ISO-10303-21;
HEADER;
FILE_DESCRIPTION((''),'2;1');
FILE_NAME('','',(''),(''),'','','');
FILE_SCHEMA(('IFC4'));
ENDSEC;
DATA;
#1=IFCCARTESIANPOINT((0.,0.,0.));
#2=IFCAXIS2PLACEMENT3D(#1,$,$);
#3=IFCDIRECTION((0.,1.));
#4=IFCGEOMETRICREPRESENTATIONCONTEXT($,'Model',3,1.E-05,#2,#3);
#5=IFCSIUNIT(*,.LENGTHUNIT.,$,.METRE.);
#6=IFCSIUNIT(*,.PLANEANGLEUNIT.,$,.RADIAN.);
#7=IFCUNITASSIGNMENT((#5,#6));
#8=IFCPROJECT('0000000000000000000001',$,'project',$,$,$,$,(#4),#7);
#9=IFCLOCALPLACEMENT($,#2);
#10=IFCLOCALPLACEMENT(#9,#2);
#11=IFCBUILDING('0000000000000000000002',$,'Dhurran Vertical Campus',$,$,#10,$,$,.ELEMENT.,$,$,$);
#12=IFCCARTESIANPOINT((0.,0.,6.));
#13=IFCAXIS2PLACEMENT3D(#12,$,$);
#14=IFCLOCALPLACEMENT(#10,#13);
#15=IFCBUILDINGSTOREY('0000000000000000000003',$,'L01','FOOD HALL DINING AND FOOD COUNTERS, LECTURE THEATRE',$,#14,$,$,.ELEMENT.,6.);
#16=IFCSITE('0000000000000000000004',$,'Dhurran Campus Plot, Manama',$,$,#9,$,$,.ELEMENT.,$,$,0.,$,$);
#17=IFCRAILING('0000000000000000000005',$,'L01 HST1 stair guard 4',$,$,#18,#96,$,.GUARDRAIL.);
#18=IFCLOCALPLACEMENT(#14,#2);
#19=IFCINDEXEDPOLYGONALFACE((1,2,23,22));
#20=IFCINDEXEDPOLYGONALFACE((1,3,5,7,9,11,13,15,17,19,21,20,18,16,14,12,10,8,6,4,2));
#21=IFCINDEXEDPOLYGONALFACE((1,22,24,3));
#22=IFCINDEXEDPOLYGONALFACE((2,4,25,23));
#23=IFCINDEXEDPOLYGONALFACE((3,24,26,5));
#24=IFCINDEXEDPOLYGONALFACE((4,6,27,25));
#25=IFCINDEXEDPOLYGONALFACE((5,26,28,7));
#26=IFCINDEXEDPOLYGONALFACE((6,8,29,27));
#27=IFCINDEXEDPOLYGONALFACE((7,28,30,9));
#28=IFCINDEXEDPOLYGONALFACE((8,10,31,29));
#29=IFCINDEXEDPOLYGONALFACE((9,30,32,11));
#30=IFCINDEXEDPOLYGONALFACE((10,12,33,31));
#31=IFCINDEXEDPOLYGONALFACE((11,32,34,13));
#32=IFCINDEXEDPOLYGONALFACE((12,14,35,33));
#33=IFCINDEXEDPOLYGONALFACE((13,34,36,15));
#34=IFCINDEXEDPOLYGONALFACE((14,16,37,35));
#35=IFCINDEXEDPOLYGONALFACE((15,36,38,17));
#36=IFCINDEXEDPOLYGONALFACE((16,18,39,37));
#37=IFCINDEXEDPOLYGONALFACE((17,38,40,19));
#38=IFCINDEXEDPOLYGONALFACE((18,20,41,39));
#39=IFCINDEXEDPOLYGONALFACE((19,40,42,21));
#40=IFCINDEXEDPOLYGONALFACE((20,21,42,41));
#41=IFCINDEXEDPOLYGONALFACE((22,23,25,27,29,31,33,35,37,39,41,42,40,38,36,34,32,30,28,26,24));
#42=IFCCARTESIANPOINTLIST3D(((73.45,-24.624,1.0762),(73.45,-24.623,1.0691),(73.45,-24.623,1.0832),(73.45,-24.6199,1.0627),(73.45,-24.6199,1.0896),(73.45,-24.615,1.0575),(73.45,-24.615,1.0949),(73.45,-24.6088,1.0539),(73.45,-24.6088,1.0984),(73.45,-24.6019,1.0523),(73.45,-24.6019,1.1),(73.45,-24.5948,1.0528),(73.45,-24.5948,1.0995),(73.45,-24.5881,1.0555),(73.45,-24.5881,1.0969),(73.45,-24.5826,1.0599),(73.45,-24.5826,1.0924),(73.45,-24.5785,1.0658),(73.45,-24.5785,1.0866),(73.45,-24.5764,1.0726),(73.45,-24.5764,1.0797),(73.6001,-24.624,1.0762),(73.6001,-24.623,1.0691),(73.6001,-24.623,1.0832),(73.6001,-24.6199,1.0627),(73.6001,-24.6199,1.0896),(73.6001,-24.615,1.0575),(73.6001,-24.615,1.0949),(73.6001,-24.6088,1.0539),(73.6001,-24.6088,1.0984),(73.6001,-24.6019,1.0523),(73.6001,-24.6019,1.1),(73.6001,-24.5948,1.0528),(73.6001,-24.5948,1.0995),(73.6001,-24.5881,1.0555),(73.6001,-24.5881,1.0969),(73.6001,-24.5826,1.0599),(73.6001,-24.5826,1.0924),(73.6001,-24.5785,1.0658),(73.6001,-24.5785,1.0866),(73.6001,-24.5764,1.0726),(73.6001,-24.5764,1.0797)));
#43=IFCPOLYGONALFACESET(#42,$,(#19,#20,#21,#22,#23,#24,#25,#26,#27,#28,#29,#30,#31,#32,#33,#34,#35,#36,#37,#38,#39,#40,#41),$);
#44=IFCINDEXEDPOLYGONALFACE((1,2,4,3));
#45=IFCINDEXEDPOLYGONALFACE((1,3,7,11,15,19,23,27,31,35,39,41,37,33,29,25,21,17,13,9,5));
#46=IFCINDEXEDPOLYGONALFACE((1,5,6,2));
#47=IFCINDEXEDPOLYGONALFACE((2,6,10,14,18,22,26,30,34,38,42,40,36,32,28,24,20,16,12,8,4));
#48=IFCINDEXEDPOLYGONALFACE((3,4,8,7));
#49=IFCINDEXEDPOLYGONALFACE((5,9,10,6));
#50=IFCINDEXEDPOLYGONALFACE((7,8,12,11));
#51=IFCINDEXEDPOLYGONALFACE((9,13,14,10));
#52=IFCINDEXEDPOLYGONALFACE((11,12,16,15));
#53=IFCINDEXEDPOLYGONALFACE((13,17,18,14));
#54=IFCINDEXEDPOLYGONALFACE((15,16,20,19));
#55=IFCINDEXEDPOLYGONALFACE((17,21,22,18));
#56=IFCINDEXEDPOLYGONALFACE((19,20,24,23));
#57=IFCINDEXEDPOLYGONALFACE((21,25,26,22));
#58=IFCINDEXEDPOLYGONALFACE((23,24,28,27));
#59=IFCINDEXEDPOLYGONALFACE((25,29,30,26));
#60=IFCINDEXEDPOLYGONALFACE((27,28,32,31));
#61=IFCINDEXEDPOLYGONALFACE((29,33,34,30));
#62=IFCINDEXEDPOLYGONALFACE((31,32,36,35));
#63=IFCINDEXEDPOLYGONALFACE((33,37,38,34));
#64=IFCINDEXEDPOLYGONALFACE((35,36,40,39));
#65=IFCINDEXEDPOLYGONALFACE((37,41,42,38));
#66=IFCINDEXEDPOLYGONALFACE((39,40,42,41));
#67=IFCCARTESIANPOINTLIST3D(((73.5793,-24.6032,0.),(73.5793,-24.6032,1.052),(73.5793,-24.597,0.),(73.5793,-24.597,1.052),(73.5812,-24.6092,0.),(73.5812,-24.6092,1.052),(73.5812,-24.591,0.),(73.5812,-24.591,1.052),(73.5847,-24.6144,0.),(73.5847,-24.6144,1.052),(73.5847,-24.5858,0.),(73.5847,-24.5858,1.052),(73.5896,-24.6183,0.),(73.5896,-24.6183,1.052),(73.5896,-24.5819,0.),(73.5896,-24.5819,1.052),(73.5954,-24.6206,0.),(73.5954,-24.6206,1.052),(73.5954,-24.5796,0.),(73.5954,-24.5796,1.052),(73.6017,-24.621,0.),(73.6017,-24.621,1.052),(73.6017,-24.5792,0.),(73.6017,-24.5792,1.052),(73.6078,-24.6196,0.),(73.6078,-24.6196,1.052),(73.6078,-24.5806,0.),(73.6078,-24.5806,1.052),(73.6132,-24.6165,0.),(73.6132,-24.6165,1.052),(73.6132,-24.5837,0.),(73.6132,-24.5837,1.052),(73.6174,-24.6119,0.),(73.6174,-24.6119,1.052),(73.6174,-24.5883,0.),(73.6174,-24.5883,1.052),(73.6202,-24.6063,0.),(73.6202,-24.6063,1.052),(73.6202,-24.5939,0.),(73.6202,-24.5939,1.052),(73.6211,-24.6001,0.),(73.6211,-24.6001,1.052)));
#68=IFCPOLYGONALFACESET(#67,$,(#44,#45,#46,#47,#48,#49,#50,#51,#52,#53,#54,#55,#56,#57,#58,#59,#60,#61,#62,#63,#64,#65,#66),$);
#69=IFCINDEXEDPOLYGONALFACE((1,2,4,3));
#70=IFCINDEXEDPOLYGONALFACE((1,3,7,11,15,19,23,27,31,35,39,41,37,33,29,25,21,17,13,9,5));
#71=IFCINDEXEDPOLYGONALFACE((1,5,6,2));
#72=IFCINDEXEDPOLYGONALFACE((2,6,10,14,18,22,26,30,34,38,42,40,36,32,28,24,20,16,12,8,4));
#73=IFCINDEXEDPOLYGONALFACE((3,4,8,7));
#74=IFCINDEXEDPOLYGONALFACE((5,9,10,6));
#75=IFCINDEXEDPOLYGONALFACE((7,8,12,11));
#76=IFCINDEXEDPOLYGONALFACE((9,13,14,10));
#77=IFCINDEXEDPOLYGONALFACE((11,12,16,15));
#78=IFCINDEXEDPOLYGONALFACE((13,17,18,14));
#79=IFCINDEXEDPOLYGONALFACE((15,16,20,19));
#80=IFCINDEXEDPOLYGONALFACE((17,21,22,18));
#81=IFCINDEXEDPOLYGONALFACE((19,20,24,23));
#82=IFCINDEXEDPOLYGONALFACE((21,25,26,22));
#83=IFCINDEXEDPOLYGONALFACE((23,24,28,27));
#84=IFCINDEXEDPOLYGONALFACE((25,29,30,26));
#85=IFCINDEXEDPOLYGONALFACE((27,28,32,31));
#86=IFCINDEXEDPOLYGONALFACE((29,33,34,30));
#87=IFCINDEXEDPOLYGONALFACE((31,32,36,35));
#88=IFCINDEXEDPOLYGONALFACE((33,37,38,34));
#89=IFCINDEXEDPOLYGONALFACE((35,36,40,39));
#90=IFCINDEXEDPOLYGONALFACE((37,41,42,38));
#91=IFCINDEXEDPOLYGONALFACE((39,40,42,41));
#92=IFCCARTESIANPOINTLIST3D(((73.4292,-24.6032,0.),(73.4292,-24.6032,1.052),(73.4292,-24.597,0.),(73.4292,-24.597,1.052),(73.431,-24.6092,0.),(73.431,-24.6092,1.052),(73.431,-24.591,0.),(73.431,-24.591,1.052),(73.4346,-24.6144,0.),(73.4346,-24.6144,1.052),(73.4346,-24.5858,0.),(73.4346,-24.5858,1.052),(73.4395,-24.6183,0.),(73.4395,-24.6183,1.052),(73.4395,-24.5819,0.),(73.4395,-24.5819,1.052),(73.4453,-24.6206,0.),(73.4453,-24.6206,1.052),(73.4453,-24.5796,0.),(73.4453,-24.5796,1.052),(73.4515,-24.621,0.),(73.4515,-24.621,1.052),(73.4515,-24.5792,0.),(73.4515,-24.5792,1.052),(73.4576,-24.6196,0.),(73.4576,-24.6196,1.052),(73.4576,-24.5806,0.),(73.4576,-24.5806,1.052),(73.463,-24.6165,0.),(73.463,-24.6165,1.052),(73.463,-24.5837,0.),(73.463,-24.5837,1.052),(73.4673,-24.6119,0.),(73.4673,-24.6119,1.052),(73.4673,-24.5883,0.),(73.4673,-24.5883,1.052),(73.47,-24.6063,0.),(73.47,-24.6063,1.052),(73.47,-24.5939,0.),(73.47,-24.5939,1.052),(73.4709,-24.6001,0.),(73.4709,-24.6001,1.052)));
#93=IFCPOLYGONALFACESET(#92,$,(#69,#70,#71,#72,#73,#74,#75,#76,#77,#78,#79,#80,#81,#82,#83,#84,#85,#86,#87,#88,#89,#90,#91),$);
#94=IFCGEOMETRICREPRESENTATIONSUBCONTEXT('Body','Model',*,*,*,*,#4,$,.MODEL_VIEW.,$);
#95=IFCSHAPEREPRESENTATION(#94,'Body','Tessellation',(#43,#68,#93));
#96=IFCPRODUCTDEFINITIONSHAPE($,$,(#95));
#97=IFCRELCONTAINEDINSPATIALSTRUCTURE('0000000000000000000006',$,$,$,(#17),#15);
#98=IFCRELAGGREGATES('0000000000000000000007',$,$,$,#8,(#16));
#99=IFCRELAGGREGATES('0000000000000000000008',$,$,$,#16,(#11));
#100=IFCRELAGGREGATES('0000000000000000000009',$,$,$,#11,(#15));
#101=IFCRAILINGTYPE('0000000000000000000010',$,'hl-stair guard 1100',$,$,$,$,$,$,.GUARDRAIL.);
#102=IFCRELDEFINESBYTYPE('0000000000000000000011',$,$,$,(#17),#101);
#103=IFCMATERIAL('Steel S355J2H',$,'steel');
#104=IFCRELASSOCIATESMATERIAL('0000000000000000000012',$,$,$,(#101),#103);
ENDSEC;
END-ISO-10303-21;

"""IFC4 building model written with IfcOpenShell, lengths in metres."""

from ifc_helpers import new_model, si_unit, direction, frame, origin, origin_2d, place, context, subcontext, project, spatial, circle, extrude, material, type_object, element, save


model = new_model("IFC4")

# Units and contexts
model_context = context("Model", 3, precision=1e-05, world=origin(), true_north=direction((0.0, 1.0)))
body_context = subcontext(model_context, "Body", "Model", "MODEL_VIEW")
ifc_project = project(units=[si_unit("LENGTHUNIT", "METRE"), si_unit("PLANEANGLEUNIT", "RADIAN")], contexts=[model_context])

# Site, building, storey
site_placement = place(None, origin())
site = spatial("IfcSite", under=ifc_project, at=site_placement, Name="Dhurran Campus Plot, Manama", CompositionType="ELEMENT", RefElevation=0.0)
building_placement = place(site_placement, origin())
building = spatial("IfcBuilding", under=site, at=building_placement, Name="Dhurran Vertical Campus", CompositionType="ELEMENT")
storey_placement = place(building_placement, frame((0.0, 0.0, 6.0)))
storey = spatial("IfcBuildingStorey", under=building, at=storey_placement, Name="L01", Description="FOOD HALL DINING AND FOOD COUNTERS, LECTURE THEATRE", CompositionType="ELEMENT", Elevation=6.0)

# Railing
ifc_material_1 = material(Name="Steel S355J2H", Category="steel")
railing_type_1 = type_object("IfcRailingType", Name="hl-stair guard 1100", PredefinedType="GUARDRAIL", material=ifc_material_1)
railing_1_placement = place(storey_placement, frame((73.6001, -24.6001, 0.0)))
element("IfcRailing", 1, at=railing_1_placement, inside=storey, type_object=railing_type_1, Name="L01 HST1 stair guard 4", PredefinedType="GUARDRAIL", context=body_context, shape_type="SweptSolid", body=[
    extrude(circle(Radius=0.0239, at=origin_2d()), frame((0.0, 0.0, 1.0762), z_axis=(-1.0, 0.0, 0.0), x_axis=(0.0, -1.0, 0.0)), (0.0, 0.0, 1.0), 0.1501),
    extrude(circle(Radius=0.021, at=origin_2d()), origin(), (0.0, 0.0, 1.0), 1.052),
    extrude(circle(Radius=0.021, at=origin_2d()), frame((-0.1501, 0.0, 0.0)), (0.0, 0.0, 1.0), 1.052),
])

save(model, "model.ifc")
